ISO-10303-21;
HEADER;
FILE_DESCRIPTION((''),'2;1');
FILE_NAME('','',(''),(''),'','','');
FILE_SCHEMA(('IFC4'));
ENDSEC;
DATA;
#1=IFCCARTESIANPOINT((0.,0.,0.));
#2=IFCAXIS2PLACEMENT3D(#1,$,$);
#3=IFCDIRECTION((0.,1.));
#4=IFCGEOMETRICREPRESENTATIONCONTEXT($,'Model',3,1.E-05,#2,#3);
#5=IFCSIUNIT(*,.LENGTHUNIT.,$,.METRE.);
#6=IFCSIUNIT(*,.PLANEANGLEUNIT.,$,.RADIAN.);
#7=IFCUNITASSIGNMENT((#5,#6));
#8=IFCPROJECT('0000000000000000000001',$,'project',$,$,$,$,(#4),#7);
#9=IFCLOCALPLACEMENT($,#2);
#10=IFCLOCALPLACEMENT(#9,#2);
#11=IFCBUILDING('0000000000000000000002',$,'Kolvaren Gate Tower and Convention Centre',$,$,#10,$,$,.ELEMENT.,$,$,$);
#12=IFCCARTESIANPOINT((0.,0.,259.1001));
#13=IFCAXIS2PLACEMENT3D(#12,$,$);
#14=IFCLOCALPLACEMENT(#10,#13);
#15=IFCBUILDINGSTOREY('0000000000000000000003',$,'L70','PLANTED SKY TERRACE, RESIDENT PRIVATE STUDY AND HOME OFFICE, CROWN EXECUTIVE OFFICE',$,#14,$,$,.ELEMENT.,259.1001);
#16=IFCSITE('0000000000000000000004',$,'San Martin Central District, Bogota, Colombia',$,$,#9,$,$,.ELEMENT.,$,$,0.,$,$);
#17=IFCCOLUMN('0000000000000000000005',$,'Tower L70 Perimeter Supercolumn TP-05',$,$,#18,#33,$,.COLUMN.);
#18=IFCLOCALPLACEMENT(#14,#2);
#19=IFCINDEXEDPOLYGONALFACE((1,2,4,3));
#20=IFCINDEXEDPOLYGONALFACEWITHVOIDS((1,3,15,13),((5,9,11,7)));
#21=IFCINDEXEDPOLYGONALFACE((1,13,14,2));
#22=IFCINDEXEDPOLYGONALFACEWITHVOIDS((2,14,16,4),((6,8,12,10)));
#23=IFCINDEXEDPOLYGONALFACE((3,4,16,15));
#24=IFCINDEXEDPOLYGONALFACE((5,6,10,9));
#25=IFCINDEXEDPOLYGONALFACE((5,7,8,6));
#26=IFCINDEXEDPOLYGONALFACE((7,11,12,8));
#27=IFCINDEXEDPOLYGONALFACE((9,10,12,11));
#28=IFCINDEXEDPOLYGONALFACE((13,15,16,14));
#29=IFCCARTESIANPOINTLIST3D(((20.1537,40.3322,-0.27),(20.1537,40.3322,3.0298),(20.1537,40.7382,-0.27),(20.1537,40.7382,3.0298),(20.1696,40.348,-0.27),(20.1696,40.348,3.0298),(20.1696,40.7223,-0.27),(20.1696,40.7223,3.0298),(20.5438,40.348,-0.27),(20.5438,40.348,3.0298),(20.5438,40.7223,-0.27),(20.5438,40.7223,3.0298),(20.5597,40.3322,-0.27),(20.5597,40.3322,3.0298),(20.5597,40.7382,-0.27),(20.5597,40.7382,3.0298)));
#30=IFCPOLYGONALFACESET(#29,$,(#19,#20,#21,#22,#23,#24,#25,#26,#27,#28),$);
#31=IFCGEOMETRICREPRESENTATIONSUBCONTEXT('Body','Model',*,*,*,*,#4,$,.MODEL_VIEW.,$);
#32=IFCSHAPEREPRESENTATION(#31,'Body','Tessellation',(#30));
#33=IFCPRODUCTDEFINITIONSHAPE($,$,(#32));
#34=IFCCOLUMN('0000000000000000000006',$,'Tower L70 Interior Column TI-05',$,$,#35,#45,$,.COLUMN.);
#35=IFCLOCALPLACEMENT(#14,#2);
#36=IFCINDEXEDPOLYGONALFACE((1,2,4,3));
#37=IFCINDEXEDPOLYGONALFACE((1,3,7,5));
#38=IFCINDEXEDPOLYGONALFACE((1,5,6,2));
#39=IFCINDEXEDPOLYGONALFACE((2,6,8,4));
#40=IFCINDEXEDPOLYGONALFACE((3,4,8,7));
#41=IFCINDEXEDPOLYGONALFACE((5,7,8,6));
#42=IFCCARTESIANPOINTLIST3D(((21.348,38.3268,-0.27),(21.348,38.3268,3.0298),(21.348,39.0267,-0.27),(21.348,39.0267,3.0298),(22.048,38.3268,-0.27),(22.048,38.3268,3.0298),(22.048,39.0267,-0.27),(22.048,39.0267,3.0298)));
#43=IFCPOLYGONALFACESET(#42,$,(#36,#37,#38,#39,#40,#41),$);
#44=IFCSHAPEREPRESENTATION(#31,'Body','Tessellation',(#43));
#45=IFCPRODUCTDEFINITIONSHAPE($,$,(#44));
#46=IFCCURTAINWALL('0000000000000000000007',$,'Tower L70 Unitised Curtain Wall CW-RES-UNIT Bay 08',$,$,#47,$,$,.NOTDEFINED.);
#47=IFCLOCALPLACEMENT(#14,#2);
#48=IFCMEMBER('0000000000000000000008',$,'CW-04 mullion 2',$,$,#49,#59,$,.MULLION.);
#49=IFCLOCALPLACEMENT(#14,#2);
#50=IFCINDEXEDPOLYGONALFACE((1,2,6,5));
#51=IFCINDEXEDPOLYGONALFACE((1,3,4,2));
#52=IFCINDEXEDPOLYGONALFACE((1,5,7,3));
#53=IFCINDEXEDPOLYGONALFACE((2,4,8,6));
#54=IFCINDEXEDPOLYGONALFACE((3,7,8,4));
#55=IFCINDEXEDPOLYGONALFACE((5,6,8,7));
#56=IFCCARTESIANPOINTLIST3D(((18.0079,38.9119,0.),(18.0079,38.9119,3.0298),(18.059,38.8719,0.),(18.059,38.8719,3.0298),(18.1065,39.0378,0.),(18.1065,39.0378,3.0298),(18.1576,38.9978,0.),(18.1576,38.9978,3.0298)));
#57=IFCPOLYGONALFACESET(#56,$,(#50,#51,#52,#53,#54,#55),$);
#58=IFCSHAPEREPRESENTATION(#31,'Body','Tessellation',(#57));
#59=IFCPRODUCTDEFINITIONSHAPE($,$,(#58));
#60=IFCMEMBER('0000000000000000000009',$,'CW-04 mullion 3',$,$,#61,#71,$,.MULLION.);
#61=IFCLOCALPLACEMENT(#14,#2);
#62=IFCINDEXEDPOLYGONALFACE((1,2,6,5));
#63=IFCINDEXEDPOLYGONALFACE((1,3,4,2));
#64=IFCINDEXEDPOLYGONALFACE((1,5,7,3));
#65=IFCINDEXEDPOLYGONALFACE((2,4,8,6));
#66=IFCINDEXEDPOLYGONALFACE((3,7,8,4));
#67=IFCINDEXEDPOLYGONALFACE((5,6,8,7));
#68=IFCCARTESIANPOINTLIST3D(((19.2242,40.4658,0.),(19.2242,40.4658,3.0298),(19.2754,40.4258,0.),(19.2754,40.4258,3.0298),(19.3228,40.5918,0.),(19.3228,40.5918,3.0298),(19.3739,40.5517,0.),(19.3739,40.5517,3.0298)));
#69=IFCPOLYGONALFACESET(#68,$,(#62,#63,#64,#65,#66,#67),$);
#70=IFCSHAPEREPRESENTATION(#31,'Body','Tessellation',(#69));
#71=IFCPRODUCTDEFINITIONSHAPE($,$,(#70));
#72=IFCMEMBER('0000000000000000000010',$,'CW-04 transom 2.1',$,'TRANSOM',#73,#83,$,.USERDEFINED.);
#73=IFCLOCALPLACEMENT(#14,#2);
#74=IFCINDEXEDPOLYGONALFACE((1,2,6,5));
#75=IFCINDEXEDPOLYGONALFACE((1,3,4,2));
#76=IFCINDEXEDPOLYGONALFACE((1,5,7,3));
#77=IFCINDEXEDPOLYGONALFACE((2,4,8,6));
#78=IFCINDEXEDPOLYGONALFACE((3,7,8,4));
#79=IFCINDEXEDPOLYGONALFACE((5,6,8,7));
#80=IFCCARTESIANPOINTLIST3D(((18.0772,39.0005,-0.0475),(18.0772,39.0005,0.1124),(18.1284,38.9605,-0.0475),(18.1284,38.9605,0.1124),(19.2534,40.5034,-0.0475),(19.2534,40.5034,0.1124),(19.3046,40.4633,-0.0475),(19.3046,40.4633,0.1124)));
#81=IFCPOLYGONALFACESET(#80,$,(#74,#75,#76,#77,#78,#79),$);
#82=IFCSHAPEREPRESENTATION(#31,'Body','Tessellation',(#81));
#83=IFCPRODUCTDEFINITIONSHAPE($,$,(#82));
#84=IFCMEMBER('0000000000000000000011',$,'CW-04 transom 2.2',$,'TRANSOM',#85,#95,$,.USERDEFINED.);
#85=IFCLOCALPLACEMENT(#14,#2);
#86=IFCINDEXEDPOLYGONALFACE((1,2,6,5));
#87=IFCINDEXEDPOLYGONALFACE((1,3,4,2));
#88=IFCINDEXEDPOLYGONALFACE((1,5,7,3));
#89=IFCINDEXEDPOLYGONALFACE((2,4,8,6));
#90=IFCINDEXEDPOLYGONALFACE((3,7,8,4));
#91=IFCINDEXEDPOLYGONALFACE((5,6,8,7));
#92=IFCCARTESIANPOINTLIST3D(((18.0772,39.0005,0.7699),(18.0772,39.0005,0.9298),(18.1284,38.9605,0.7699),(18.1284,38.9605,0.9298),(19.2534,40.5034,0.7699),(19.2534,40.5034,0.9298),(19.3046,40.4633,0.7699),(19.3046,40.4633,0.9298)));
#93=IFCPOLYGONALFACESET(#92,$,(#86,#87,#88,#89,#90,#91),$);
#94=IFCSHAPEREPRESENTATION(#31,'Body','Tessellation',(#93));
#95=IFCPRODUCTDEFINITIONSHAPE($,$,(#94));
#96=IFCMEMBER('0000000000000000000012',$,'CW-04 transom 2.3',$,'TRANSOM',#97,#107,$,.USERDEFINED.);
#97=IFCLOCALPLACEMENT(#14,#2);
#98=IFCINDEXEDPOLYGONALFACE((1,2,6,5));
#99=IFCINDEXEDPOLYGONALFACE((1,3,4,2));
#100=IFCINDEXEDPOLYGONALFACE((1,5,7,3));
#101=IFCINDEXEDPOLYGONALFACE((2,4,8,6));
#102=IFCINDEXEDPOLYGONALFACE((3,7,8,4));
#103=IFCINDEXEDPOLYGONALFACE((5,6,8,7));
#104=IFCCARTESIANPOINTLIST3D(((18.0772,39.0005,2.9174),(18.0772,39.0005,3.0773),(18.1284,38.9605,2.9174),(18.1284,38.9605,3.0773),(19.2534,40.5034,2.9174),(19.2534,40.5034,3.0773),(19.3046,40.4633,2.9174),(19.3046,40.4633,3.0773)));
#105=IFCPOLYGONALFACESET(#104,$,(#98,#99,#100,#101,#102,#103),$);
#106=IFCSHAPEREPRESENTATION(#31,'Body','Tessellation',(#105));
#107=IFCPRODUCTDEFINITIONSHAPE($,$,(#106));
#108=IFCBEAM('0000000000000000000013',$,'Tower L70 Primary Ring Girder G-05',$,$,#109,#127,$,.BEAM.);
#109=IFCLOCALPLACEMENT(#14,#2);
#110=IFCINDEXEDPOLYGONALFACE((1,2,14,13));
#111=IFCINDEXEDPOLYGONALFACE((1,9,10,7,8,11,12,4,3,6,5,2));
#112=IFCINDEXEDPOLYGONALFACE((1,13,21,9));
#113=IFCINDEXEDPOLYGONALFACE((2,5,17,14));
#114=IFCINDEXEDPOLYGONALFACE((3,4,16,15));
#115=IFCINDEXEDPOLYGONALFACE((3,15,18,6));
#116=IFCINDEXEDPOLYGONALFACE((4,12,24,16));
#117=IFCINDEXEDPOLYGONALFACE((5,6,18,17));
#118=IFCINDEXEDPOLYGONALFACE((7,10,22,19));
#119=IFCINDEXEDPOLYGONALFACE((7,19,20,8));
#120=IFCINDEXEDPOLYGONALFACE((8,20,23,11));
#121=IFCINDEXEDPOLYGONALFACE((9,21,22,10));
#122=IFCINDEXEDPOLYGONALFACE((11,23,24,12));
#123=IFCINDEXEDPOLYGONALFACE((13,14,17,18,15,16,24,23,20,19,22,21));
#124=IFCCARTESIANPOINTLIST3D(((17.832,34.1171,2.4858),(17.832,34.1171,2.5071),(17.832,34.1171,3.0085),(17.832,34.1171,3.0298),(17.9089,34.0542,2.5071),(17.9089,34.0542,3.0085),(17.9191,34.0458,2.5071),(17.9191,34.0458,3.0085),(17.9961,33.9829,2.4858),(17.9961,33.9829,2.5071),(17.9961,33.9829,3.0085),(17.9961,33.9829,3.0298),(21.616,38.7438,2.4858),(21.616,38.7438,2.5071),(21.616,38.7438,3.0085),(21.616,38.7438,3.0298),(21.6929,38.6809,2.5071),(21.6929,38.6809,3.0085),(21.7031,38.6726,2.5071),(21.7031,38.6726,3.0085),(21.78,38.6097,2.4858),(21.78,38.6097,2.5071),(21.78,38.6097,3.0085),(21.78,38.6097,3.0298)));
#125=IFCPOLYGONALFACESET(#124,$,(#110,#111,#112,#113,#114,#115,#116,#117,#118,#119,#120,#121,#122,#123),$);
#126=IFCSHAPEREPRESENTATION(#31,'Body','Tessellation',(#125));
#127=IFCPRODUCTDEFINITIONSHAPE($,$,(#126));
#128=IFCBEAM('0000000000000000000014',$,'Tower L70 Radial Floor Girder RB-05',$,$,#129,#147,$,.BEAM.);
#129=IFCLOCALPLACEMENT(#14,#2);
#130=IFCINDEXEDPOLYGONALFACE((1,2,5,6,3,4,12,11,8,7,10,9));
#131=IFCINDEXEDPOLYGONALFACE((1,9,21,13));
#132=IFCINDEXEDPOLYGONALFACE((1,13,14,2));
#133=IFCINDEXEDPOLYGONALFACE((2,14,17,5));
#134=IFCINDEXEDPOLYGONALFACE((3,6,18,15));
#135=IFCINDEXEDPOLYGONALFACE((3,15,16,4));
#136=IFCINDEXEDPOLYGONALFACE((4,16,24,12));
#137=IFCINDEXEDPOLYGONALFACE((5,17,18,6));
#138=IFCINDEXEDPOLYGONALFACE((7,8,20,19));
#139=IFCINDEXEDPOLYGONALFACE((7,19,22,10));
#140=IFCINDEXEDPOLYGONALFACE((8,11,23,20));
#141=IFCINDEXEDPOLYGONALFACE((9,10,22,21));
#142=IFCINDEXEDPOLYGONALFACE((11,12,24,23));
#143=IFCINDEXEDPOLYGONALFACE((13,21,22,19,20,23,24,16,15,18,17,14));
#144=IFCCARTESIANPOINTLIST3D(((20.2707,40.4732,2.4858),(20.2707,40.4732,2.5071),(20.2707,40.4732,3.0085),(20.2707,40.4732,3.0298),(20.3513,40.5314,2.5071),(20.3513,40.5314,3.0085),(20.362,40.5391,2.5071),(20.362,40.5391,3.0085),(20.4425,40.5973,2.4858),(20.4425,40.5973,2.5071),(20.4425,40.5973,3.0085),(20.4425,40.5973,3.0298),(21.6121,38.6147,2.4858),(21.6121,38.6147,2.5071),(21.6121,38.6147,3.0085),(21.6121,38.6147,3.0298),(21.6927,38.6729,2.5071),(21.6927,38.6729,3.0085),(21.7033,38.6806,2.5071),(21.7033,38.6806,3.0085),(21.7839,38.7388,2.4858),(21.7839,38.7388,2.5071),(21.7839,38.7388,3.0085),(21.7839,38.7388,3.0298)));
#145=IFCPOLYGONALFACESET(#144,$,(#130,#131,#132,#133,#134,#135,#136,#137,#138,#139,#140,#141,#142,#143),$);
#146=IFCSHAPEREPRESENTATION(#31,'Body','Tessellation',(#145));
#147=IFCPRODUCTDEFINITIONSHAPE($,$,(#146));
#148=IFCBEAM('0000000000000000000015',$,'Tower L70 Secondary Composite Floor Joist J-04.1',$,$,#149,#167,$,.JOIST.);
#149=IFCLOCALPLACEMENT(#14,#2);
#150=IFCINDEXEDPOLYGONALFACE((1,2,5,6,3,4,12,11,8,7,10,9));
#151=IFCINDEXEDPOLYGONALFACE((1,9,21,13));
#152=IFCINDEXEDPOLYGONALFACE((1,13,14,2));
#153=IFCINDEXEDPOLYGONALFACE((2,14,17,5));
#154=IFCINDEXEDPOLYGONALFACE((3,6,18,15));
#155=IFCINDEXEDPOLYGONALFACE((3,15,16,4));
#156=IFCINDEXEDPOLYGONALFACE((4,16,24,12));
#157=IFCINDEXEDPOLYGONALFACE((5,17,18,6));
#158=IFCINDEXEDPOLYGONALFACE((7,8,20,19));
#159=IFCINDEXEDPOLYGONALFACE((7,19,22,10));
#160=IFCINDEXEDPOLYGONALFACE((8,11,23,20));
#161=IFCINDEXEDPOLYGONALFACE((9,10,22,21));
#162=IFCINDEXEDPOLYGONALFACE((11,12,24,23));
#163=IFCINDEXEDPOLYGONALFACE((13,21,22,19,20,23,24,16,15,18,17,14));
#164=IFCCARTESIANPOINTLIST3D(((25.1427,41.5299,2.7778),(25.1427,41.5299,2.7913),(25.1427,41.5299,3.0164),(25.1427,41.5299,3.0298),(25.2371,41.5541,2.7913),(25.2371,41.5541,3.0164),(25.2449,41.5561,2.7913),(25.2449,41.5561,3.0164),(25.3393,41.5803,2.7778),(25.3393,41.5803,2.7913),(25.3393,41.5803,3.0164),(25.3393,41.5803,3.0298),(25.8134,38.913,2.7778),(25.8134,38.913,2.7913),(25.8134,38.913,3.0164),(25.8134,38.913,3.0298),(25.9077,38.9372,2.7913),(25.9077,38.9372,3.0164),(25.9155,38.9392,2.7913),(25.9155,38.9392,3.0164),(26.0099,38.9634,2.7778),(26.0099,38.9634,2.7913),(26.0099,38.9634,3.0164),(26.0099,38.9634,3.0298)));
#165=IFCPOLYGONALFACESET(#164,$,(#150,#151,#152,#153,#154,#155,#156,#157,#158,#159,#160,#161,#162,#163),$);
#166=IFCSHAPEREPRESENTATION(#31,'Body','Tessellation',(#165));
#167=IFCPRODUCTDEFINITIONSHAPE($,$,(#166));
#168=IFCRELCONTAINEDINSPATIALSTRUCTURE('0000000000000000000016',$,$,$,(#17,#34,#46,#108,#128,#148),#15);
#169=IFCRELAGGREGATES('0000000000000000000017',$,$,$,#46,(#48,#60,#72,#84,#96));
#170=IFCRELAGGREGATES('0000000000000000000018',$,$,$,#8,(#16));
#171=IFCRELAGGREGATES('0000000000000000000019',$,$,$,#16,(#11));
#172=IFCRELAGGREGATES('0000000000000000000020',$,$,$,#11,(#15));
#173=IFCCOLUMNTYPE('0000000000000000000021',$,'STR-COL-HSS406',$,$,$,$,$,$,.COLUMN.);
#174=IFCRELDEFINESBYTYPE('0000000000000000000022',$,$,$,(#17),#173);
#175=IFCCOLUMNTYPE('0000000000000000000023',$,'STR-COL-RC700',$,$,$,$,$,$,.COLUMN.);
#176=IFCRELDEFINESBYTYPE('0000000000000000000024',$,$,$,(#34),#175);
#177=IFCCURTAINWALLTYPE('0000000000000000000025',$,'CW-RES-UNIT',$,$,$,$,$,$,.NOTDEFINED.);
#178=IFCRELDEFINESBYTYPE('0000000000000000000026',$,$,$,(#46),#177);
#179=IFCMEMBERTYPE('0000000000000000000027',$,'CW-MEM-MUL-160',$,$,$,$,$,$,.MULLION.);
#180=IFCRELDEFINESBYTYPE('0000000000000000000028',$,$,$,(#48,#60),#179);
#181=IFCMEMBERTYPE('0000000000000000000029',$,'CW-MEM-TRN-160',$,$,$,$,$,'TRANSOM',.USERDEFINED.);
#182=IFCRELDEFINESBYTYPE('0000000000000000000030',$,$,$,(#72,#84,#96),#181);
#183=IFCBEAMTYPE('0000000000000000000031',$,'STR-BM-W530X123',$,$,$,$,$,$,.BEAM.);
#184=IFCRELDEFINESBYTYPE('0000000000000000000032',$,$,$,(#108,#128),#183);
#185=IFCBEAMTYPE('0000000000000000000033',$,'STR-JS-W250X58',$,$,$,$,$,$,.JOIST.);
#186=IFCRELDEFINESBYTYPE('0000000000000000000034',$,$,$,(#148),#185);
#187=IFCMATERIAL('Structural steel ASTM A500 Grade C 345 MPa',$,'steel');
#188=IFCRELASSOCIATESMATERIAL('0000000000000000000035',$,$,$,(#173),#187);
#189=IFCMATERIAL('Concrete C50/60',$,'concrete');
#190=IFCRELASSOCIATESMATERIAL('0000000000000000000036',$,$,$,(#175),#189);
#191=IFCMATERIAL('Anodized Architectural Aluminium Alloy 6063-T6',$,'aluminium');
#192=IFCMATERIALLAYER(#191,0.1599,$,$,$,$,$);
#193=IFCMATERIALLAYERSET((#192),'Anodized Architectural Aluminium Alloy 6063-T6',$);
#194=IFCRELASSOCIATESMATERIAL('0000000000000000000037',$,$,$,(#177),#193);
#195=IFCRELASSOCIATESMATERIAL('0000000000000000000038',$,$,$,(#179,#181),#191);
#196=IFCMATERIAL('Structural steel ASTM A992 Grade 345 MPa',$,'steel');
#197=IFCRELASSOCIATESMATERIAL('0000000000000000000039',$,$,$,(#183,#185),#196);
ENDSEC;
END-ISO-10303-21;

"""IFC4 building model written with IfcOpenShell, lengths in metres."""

from ifc_helpers import new_model, si_unit, direction, frame, origin, origin_2d, place, context, subcontext, project, spatial, rectangle, hollow_rectangle, i_section, extrude, material, layer, layer_set, material_profile, profile_set, type_object, element, aggregate, save


model = new_model("IFC4")

# Units and contexts
model_context = context("Model", 3, precision=1e-05, world=origin(), true_north=direction((0.0, 1.0)))
body_context = subcontext(model_context, "Body", "Model", "MODEL_VIEW")
ifc_project = project(units=[si_unit("LENGTHUNIT", "METRE"), si_unit("PLANEANGLEUNIT", "RADIAN")], contexts=[model_context])

# Site, building, storey
site_placement = place(None, origin())
site = spatial("IfcSite", under=ifc_project, at=site_placement, Name="San Martin Central District, Bogota, Colombia", CompositionType="ELEMENT", RefElevation=0.0)
building_placement = place(site_placement, origin())
building = spatial("IfcBuilding", under=site, at=building_placement, Name="Kolvaren Gate Tower and Convention Centre", CompositionType="ELEMENT")
storey_placement = place(building_placement, frame((0.0, 0.0, 259.1001)))
storey = spatial("IfcBuildingStorey", under=building, at=storey_placement, Name="L70", Description="PLANTED SKY TERRACE, RESIDENT PRIVATE STUDY AND HOME OFFICE, CROWN EXECUTIVE OFFICE", CompositionType="ELEMENT", Elevation=259.1001)

# Columns
ifc_material_1 = material(Name="Structural steel ASTM A500 Grade C 345 MPa", Category="steel")
ifc_material_profile_1 = material_profile(ifc_material_1, hollow_rectangle(XDim=0.406, YDim=0.406, WallThickness=0.0159, at=origin_2d()), Name="HSS406X406X15.9")
ifc_profile_set_1 = profile_set([ifc_material_profile_1], Name="Structural steel ASTM A500 Grade C 345 MPa")
column_type_1 = type_object("IfcColumnType", Name="STR-COL-HSS406", PredefinedType="COLUMN", material=ifc_profile_set_1)
column_1_placement = place(storey_placement, frame((20.3567, 40.5352, -0.27), z_axis=(0.0, 0.0, 1.0), x_axis=(1.0, 0.0, 0.0)))
element("IfcColumn", 1, at=column_1_placement, inside=storey, type_object=column_type_1, Name="Tower L70 Perimeter Supercolumn TP-05", PredefinedType="COLUMN", context=body_context, shape_type="SweptSolid", body=[
    extrude(hollow_rectangle(XDim=0.406, YDim=0.406, WallThickness=0.0159, at=origin_2d()), origin(), (0.0, 0.0, 1.0), 3.2998),
])
ifc_material_2 = material(Name="Concrete C50/60", Category="concrete")
ifc_material_profile_2 = material_profile(ifc_material_2, rectangle(XDim=0.7, YDim=0.7, at=origin_2d()), Name="RC-COL-700X700")
ifc_profile_set_2 = profile_set([ifc_material_profile_2], Name="Concrete C50/60")
column_type_2 = type_object("IfcColumnType", Name="STR-COL-RC700", PredefinedType="COLUMN", material=ifc_profile_set_2)
column_2_placement = place(storey_placement, frame((21.698, 38.6768, -0.27), z_axis=(0.0, 0.0, 1.0), x_axis=(1.0, 0.0, 0.0)))
element("IfcColumn", 2, at=column_2_placement, inside=storey, type_object=column_type_2, Name="Tower L70 Interior Column TI-05", PredefinedType="COLUMN", context=body_context, shape_type="SweptSolid", body=[
    extrude(rectangle(XDim=0.7, YDim=0.7, at=origin_2d()), origin(), (0.0, 0.0, 1.0), 3.2998),
])

# Curtain wall, members
ifc_material_3 = material(Name="Anodized Architectural Aluminium Alloy 6063-T6", Category="aluminium")
ifc_layer_1 = layer(ifc_material_3, 0.1599)
ifc_layer_set_1 = layer_set([ifc_layer_1], Name="Anodized Architectural Aluminium Alloy 6063-T6")
curtain_wall_type = type_object("IfcCurtainWallType", Name="CW-RES-UNIT", PredefinedType="NOTDEFINED", material=ifc_layer_set_1)
curtain_wall_placement = place(storey_placement, origin())
curtain_wall = element("IfcCurtainWall", 3, at=curtain_wall_placement, inside=storey, type_object=curtain_wall_type, Name="Tower L70 Unitised Curtain Wall CW-RES-UNIT Bay 08", PredefinedType="NOTDEFINED")
ifc_material_profile_3 = material_profile(ifc_material_3, rectangle(XDim=0.0649, YDim=0.1599, at=origin_2d()), Name="CW-MEM-MUL-160")
ifc_profile_set_3 = profile_set([ifc_material_profile_3], Name="Anodized Architectural Aluminium Alloy 6063-T6")
member_type_1 = type_object("IfcMemberType", Name="CW-MEM-MUL-160", PredefinedType="MULLION", material=ifc_profile_set_3)
member_1_placement = place(storey_placement, frame((18.0828, 38.9548, 0.0), z_axis=(0.0, 0.0, 1.0), x_axis=(-0.787413, 0.616426, 0.0)))
member_1 = element("IfcMember", 4, at=member_1_placement, type_object=member_type_1, Name="CW-04 mullion 2", PredefinedType="MULLION", context=body_context, shape_type="SweptSolid", body=[
    extrude(rectangle(XDim=0.0649, YDim=0.1599, at=origin_2d()), origin(), (0.0, 0.0, 1.0), 3.0298),
])
member_2_placement = place(storey_placement, frame((19.2991, 40.5088, 0.0), z_axis=(0.0, 0.0, 1.0), x_axis=(-0.787413, 0.616426, 0.0)))
member_2 = element("IfcMember", 5, at=member_2_placement, type_object=member_type_1, Name="CW-04 mullion 3", PredefinedType="MULLION", context=body_context, shape_type="SweptSolid", body=[
    extrude(rectangle(XDim=0.0649, YDim=0.1599, at=origin_2d()), origin(), (0.0, 0.0, 1.0), 3.0298),
])
ifc_material_profile_4 = material_profile(ifc_material_3, rectangle(XDim=0.0649, YDim=0.1599, at=origin_2d()), Name="CW-MEM-TRN-160")
ifc_profile_set_4 = profile_set([ifc_material_profile_4], Name="Anodized Architectural Aluminium Alloy 6063-T6")
member_type_2 = type_object("IfcMemberType", Name="CW-MEM-TRN-160", ElementType="TRANSOM", PredefinedType="USERDEFINED", material=ifc_profile_set_4)
member_3_placement = place(storey_placement, frame((18.1028, 38.9805, 0.0325), z_axis=(0.616329, 0.787489, 0.0), x_axis=(-0.787489, 0.616329, 0.0)))
member_3 = element("IfcMember", 6, at=member_3_placement, type_object=member_type_2, Name="CW-04 transom 2.1", ObjectType="TRANSOM", PredefinedType="USERDEFINED", context=body_context, shape_type="SweptSolid", body=[
    extrude(rectangle(XDim=0.0649, YDim=0.1599, at=origin_2d()), origin(), (0.0, 0.0, 1.0), 1.9084),
])
member_4_placement = place(storey_placement, frame((18.1028, 38.9805, 0.8499), z_axis=(0.616329, 0.787489, 0.0), x_axis=(-0.787489, 0.616329, 0.0)))
member_4 = element("IfcMember", 7, at=member_4_placement, type_object=member_type_2, Name="CW-04 transom 2.2", ObjectType="TRANSOM", PredefinedType="USERDEFINED", context=body_context, shape_type="SweptSolid", body=[
    extrude(rectangle(XDim=0.0649, YDim=0.1599, at=origin_2d()), origin(), (0.0, 0.0, 1.0), 1.9084),
])
member_5_placement = place(storey_placement, frame((18.1028, 38.9805, 2.9973), z_axis=(0.616329, 0.787489, 0.0), x_axis=(-0.787489, 0.616329, 0.0)))
member_5 = element("IfcMember", 8, at=member_5_placement, type_object=member_type_2, Name="CW-04 transom 2.3", ObjectType="TRANSOM", PredefinedType="USERDEFINED", context=body_context, shape_type="SweptSolid", body=[
    extrude(rectangle(XDim=0.0649, YDim=0.1599, at=origin_2d()), origin(), (0.0, 0.0, 1.0), 1.9084),
])

# Beams
ifc_material_4 = material(Name="Structural steel ASTM A992 Grade 345 MPa", Category="steel")
ifc_material_profile_5 = material_profile(ifc_material_4, i_section(OverallWidth=0.2119, OverallDepth=0.5439, WebThickness=0.0132, FlangeThickness=0.0212, at=origin_2d()), Name="W530X123")
ifc_profile_set_5 = profile_set([ifc_material_profile_5], Name="Structural steel ASTM A992 Grade 345 MPa")
beam_type_1 = type_object("IfcBeamType", Name="STR-BM-W530X123", PredefinedType="BEAM", material=ifc_profile_set_5)
beam_1_placement = place(storey_placement, frame((21.698, 38.6768, 2.7578), z_axis=(-0.633082, -0.774085, 0.0), x_axis=(0.774085, -0.633082, 0.0)))
element("IfcBeam", 9, at=beam_1_placement, inside=storey, type_object=beam_type_1, Name="Tower L70 Primary Ring Girder G-05", PredefinedType="BEAM", context=body_context, shape_type="SweptSolid", body=[
    extrude(i_section(OverallWidth=0.2119, OverallDepth=0.5439, WebThickness=0.0132, FlangeThickness=0.0212, at=origin_2d()), origin(), (0.0, 0.0, 1.0), 5.9771),
])
beam_2_placement = place(storey_placement, frame((21.698, 38.6768, 2.7578), z_axis=(-0.585242, 0.810859, 0.0), x_axis=(-0.810859, -0.585242, 0.0)))
element("IfcBeam", 10, at=beam_2_placement, inside=storey, type_object=beam_type_1, Name="Tower L70 Radial Floor Girder RB-05", PredefinedType="BEAM", context=body_context, shape_type="SweptSolid", body=[
    extrude(i_section(OverallWidth=0.2119, OverallDepth=0.5439, WebThickness=0.0132, FlangeThickness=0.0212, at=origin_2d()), origin(), (0.0, 0.0, 1.0), 2.292),
])
ifc_material_profile_6 = material_profile(ifc_material_4, i_section(OverallWidth=0.2029, OverallDepth=0.252, WebThickness=0.0081, FlangeThickness=0.0134, at=origin_2d()), Name="W250X58")
ifc_profile_set_6 = profile_set([ifc_material_profile_6], Name="Structural steel ASTM A992 Grade 345 MPa")
beam_type_2 = type_object("IfcBeamType", Name="STR-JS-W250X58", PredefinedType="JOIST", material=ifc_profile_set_6)
beam_3_placement = place(storey_placement, frame((25.9116, 38.9382, 2.9038), z_axis=(-0.248251, 0.968696, 0.0), x_axis=(-0.968696, -0.248251, 0.0)))
element("IfcBeam", 11, at=beam_3_placement, inside=storey, type_object=beam_type_2, Name="Tower L70 Secondary Composite Floor Joist J-04.1", PredefinedType="JOIST", context=body_context, shape_type="SweptSolid", body=[
    extrude(i_section(OverallWidth=0.2029, OverallDepth=0.252, WebThickness=0.0081, FlangeThickness=0.0134, at=origin_2d()), origin(), (0.0, 0.0, 1.0), 2.7014),
])

aggregate(curtain_wall, [member_1, member_2, member_3, member_4, member_5])

save(model, "model.ifc")
